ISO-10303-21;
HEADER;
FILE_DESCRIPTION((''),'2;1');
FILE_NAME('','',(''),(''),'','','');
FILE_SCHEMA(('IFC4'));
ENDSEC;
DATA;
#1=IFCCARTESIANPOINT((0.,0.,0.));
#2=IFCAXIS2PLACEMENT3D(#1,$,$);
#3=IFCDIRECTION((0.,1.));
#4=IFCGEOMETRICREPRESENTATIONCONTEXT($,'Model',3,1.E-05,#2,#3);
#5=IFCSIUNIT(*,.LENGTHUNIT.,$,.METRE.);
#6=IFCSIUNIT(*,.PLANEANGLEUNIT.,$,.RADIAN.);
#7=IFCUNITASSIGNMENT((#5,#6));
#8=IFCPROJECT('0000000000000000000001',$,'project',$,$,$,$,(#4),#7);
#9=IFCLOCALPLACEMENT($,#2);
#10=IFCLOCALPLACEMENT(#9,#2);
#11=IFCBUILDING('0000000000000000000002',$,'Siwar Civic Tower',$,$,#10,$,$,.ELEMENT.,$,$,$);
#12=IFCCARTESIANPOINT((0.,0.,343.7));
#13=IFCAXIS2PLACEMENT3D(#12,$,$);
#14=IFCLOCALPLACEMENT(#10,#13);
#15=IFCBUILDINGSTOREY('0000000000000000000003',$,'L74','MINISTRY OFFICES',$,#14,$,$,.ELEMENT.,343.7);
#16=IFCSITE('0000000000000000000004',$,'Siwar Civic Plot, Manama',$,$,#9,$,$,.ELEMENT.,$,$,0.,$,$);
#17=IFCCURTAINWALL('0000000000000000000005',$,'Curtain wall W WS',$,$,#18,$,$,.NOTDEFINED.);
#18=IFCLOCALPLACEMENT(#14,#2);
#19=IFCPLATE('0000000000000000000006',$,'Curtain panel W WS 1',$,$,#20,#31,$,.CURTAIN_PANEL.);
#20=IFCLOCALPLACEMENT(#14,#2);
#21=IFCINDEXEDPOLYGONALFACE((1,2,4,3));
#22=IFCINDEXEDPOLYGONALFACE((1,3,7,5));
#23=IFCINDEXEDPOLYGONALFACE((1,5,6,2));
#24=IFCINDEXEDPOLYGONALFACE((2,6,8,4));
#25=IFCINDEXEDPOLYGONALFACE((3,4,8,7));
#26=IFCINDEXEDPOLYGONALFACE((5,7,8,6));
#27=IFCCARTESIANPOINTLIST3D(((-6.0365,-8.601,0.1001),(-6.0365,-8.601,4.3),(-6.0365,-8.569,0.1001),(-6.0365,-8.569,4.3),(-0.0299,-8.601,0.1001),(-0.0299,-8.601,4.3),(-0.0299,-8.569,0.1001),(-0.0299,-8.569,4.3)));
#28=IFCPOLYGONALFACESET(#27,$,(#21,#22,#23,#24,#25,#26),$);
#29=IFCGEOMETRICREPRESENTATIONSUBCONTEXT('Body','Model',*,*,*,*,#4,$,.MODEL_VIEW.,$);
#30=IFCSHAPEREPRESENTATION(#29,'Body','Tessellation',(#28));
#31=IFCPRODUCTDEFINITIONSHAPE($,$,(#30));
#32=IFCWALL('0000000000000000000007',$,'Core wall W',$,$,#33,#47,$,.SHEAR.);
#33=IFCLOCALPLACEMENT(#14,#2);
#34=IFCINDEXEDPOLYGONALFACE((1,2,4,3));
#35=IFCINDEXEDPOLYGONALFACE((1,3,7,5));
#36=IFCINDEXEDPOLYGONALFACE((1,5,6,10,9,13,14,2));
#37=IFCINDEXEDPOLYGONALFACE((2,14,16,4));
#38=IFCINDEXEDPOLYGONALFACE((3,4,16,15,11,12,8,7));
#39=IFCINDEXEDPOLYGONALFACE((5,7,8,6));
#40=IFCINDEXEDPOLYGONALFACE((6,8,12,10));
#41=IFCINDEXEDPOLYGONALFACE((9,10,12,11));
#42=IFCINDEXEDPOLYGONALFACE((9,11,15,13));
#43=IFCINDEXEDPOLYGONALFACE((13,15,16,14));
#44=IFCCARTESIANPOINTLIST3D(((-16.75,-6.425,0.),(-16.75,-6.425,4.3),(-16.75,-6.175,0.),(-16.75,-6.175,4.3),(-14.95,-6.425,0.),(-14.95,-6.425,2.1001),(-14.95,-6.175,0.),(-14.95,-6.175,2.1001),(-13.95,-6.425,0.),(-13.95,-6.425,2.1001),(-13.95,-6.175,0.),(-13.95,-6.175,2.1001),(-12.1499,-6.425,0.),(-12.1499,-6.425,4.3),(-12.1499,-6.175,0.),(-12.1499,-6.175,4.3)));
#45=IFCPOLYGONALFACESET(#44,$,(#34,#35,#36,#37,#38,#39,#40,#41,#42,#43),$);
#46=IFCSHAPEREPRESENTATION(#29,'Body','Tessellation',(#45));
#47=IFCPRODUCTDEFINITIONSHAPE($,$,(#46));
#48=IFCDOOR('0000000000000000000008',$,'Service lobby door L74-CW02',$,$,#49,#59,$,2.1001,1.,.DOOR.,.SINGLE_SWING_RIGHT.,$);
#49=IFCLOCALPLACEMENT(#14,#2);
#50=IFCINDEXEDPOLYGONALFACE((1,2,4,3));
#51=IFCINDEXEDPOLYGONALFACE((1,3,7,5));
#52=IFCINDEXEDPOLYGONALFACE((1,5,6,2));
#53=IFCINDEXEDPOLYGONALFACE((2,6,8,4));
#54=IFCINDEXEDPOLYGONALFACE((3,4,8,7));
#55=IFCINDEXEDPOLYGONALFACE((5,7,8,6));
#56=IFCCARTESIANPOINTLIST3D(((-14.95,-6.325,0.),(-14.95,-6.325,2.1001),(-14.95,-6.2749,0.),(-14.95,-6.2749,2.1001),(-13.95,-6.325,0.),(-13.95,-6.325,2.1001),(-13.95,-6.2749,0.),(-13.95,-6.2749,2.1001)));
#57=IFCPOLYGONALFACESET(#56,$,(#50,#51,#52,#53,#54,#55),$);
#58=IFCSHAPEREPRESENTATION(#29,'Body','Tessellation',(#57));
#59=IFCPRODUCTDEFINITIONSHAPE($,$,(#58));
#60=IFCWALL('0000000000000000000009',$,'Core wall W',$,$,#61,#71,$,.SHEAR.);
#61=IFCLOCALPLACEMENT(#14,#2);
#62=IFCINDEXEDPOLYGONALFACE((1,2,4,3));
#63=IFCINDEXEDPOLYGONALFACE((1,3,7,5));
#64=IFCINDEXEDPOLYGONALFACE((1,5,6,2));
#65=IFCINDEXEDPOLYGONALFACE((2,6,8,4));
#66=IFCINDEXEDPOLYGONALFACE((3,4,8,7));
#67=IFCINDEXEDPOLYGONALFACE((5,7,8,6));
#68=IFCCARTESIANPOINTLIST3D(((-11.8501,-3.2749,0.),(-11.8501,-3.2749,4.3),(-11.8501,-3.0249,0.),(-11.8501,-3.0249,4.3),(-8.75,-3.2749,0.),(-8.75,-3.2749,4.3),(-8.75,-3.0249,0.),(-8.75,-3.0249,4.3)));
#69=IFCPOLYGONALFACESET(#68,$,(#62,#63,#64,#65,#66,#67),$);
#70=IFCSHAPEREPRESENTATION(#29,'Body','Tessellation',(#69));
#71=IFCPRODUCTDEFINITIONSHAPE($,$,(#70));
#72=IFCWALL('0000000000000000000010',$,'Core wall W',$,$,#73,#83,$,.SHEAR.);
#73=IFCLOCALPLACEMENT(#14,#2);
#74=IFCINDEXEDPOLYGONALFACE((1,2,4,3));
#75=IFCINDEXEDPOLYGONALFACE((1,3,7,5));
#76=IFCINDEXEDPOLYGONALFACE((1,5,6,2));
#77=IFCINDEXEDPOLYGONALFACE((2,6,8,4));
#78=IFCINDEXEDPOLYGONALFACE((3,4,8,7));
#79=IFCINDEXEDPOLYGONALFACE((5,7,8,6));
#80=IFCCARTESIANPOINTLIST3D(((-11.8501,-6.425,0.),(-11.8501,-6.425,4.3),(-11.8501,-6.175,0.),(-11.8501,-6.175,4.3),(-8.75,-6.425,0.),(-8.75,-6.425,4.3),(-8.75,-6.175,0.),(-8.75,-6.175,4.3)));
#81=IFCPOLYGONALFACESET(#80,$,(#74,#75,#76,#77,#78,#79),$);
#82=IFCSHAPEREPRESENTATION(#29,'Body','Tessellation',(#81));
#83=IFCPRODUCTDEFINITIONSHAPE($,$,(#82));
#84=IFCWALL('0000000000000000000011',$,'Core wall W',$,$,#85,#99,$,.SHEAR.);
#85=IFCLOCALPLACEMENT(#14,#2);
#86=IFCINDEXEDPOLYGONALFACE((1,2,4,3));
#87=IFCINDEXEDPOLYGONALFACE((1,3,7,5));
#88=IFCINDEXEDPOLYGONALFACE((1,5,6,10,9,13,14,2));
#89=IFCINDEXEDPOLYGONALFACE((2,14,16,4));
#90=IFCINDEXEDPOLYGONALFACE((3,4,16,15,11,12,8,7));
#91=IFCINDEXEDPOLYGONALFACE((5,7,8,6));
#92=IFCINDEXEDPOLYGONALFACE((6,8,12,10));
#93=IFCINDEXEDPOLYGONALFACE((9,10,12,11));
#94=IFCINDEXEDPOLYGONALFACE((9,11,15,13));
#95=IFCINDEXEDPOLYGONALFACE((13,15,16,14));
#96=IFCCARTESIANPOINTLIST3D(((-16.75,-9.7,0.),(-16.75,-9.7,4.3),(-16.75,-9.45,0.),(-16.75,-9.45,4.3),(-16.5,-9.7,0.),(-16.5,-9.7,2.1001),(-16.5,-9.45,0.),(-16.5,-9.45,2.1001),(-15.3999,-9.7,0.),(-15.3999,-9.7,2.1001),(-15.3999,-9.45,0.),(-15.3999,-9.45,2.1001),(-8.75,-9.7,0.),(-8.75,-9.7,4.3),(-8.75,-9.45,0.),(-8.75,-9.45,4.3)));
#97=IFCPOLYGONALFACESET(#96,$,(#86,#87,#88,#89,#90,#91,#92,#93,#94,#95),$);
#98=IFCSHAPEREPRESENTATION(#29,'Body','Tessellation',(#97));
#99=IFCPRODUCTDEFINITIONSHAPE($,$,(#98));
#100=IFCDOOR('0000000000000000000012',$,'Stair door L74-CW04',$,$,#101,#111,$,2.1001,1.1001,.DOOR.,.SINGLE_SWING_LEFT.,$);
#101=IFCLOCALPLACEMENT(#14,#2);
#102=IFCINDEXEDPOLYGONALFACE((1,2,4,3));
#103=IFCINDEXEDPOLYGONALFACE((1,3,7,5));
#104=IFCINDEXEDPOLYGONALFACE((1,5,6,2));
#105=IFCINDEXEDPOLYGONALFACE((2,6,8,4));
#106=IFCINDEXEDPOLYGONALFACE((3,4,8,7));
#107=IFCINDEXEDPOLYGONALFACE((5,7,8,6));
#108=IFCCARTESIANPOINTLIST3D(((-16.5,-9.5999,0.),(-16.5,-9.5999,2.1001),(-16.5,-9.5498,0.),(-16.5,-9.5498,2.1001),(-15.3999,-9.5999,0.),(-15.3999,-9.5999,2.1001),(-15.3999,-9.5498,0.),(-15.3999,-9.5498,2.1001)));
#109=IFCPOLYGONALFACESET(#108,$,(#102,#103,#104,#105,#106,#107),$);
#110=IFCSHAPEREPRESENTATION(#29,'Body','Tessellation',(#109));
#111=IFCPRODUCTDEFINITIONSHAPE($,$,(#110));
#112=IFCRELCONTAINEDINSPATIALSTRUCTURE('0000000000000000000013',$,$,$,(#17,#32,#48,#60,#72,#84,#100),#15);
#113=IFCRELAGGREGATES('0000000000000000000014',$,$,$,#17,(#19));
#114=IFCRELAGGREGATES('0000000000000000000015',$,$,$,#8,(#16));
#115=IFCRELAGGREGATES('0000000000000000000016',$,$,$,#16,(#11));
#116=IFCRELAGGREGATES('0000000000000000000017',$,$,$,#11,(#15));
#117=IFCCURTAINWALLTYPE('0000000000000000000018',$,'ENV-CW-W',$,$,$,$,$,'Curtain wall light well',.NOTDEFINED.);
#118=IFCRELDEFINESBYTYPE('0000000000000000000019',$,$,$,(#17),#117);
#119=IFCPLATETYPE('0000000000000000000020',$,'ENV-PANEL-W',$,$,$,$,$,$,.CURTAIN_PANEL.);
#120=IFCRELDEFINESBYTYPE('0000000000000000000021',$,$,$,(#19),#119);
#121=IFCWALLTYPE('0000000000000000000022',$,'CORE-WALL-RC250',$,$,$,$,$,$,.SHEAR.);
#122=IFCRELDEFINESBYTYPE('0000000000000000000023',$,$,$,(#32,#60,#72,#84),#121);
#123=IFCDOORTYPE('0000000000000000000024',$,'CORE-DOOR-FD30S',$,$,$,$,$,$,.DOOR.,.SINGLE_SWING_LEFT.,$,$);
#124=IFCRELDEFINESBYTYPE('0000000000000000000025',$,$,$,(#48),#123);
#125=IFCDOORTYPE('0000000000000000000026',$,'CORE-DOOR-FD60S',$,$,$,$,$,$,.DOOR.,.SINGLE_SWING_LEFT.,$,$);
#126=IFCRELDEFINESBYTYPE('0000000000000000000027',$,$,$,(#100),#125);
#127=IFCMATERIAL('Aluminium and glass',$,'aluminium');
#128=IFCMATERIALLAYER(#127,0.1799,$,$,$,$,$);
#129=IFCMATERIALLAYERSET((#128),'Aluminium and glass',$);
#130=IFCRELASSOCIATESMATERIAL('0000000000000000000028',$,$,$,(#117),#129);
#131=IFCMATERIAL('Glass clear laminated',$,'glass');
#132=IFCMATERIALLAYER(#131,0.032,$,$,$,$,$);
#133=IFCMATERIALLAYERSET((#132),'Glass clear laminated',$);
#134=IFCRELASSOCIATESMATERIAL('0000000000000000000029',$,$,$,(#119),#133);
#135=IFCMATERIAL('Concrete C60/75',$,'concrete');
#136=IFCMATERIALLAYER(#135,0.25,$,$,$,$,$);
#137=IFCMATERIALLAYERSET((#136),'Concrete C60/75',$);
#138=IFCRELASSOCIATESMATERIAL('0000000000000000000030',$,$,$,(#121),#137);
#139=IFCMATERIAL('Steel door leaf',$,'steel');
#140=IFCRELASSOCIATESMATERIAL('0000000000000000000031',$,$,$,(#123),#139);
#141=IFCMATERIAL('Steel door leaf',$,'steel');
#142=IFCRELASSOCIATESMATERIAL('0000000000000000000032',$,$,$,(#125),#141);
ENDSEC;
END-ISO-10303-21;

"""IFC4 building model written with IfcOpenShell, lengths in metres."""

from ifc_helpers import new_model, si_unit, direction, frame, frame_2d, origin, origin_2d, place, context, subcontext, project, spatial, rectangle, extrude, material, layer, layer_set, type_object, element, fill, aggregate, save


model = new_model("IFC4")

# Units and contexts
model_context = context("Model", 3, precision=1e-05, world=origin(), true_north=direction((0.0, 1.0)))
body_context = subcontext(model_context, "Body", "Model", "MODEL_VIEW")
ifc_project = project(units=[si_unit("LENGTHUNIT", "METRE"), si_unit("PLANEANGLEUNIT", "RADIAN")], contexts=[model_context])

# Site, building, storey
site_placement = place(None, origin())
site = spatial("IfcSite", under=ifc_project, at=site_placement, Name="Siwar Civic Plot, Manama", CompositionType="ELEMENT", RefElevation=0.0)
building_placement = place(site_placement, origin())
building = spatial("IfcBuilding", under=site, at=building_placement, Name="Siwar Civic Tower", CompositionType="ELEMENT")
storey_placement = place(building_placement, frame((0.0, 0.0, 343.7)))
storey = spatial("IfcBuildingStorey", under=building, at=storey_placement, Name="L74", Description="MINISTRY OFFICES", CompositionType="ELEMENT", Elevation=343.7)

# Curtain wall
ifc_material_1 = material(Name="Aluminium and glass", Category="aluminium")
ifc_layer_1 = layer(ifc_material_1, 0.1799)
ifc_layer_set_1 = layer_set([ifc_layer_1], Name="Aluminium and glass")
curtain_wall_type = type_object("IfcCurtainWallType", Name="ENV-CW-W", ElementType="Curtain wall light well", PredefinedType="NOTDEFINED", material=ifc_layer_set_1)
curtain_wall_placement = place(storey_placement, origin())
curtain_wall = element("IfcCurtainWall", 1, at=curtain_wall_placement, inside=storey, type_object=curtain_wall_type, Name="Curtain wall W WS", PredefinedType="NOTDEFINED")

# Plate
ifc_material_2 = material(Name="Glass clear laminated", Category="glass")
ifc_layer_2 = layer(ifc_material_2, 0.032)
ifc_layer_set_2 = layer_set([ifc_layer_2], Name="Glass clear laminated")
plate_type = type_object("IfcPlateType", Name="ENV-PANEL-W", PredefinedType="CURTAIN_PANEL", material=ifc_layer_set_2)
plate_placement = place(storey_placement, frame((-3.0332, -8.585, 0.1001), z_axis=(0.0, 0.0, 1.0), x_axis=(1.0, 0.0, 0.0)))
plate = element("IfcPlate", 2, at=plate_placement, type_object=plate_type, Name="Curtain panel W WS 1", PredefinedType="CURTAIN_PANEL", context=body_context, shape_type="SweptSolid", body=[
    extrude(rectangle(XDim=6.0066, YDim=0.032, at=origin_2d()), origin(), (0.0, 0.0, 1.0), 4.2),
])
aggregate(curtain_wall, [plate])

# Wall, opening, door
ifc_material_3 = material(Name="Concrete C60/75", Category="concrete")
ifc_layer_3 = layer(ifc_material_3, 0.25)
ifc_layer_set_3 = layer_set([ifc_layer_3], Name="Concrete C60/75")
wall_type_1 = type_object("IfcWallType", Name="CORE-WALL-RC250", PredefinedType="SHEAR", material=ifc_layer_set_3)
wall_1_placement = place(storey_placement, frame((-12.1499, -6.3, 0.0), z_axis=(0.0, 0.0, 1.0), x_axis=(-1.0, 0.0, 0.0)))
wall_1 = element("IfcWall", 3, at=wall_1_placement, inside=storey, type_object=wall_type_1, Name="Core wall W", PredefinedType="SHEAR", context=body_context, shape_type="SweptSolid", body=[
    extrude(rectangle(XDim=4.6001, YDim=0.25, at=frame_2d((2.3, 0.0))), origin(), (0.0, 0.0, 1.0), 4.3),
])
opening_1_placement = place(wall_1_placement, frame((1.8, 0.0, 0.0)))
opening_1 = element("IfcOpeningElement", 4, at=opening_1_placement, cuts=wall_1, PredefinedType="OPENING", context=body_context, shape_type="SweptSolid", body=[
    extrude(rectangle(XDim=1.0, YDim=2.1001, at=frame_2d((0.5, 1.05))), frame((0.0, 0.135, 0.0), z_axis=(0.0, -1.0, 0.0), x_axis=(1.0, 0.0, 0.0)), (0.0, 0.0, 1.0), 0.27),
])
ifc_material_4 = material(Name="Steel door leaf", Category="steel")
door_type_1 = type_object("IfcDoorType", Name="CORE-DOOR-FD30S", OperationType="SINGLE_SWING_LEFT", PredefinedType="DOOR", material=ifc_material_4)
door_1_placement = place(opening_1_placement, origin())
door_1 = element("IfcDoor", 5, at=door_1_placement, inside=storey, type_object=door_type_1, Name="Service lobby door L74-CW02", OperationType="SINGLE_SWING_RIGHT", OverallHeight=2.1001, OverallWidth=1.0, PredefinedType="DOOR", context=body_context, shape_type="SweptSolid", body=[
    extrude(rectangle(XDim=1.0, YDim=2.1001, at=frame_2d((0.5, 1.05))), frame((0.0, 0.0249, 0.0), z_axis=(0.0, -1.0, 0.0), x_axis=(1.0, 0.0, 0.0)), (0.0, 0.0, 1.0), 0.05),
])
fill(opening_1, door_1)

# Walls
for number, where, z_axis, x_axis, name in (
    (6, (-8.75, -3.1499, 0.0), (0.0, 0.0, 1.0), (-1.0, 0.0, 0.0), "Core wall W"),
    (7, (-8.75, -6.3, 0.0), (0.0, 0.0, 1.0), (-1.0, 0.0, 0.0), "Core wall W"),
):
    element("IfcWall", number, at=place(storey_placement, frame(where, z_axis=z_axis, x_axis=x_axis)), inside=storey, type_object=wall_type_1, Name=name, PredefinedType="SHEAR", context=body_context, shape_type="SweptSolid", body=[
        extrude(rectangle(XDim=3.1001, YDim=0.25, at=frame_2d((1.55, 0.0))), origin(), (0.0, 0.0, 1.0), 4.3),
    ])

# Wall, opening, door
wall_2_placement = place(storey_placement, frame((-8.75, -9.575, 0.0), z_axis=(0.0, 0.0, 1.0), x_axis=(-1.0, 0.0, 0.0)))
wall_2 = element("IfcWall", 8, at=wall_2_placement, inside=storey, type_object=wall_type_1, Name="Core wall W", PredefinedType="SHEAR", context=body_context, shape_type="SweptSolid", body=[
    extrude(rectangle(XDim=8.0, YDim=0.25, at=frame_2d((4.0, 0.0))), origin(), (0.0, 0.0, 1.0), 4.3),
])
opening_2_placement = place(wall_2_placement, frame((6.6499, 0.0, 0.0)))
opening_2 = element("IfcOpeningElement", 9, at=opening_2_placement, cuts=wall_2, PredefinedType="OPENING", context=body_context, shape_type="SweptSolid", body=[
    extrude(rectangle(XDim=1.1001, YDim=2.1001, at=frame_2d((0.55, 1.05))), frame((0.0, 0.135, 0.0), z_axis=(0.0, -1.0, 0.0), x_axis=(1.0, 0.0, 0.0)), (0.0, 0.0, 1.0), 0.27),
])
ifc_material_5 = material(Name="Steel door leaf", Category="steel")
door_type_2 = type_object("IfcDoorType", Name="CORE-DOOR-FD60S", OperationType="SINGLE_SWING_LEFT", PredefinedType="DOOR", material=ifc_material_5)
door_2_placement = place(opening_2_placement, origin())
door_2 = element("IfcDoor", 10, at=door_2_placement, inside=storey, type_object=door_type_2, Name="Stair door L74-CW04", OperationType="SINGLE_SWING_LEFT", OverallHeight=2.1001, OverallWidth=1.1001, PredefinedType="DOOR", context=body_context, shape_type="SweptSolid", body=[
    extrude(rectangle(XDim=1.1001, YDim=2.1001, at=frame_2d((0.55, 1.05))), frame((0.0, 0.0249, 0.0), z_axis=(0.0, -1.0, 0.0), x_axis=(1.0, 0.0, 0.0)), (0.0, 0.0, 1.0), 0.05),
])
fill(opening_2, door_2)

save(model, "model.ifc")
